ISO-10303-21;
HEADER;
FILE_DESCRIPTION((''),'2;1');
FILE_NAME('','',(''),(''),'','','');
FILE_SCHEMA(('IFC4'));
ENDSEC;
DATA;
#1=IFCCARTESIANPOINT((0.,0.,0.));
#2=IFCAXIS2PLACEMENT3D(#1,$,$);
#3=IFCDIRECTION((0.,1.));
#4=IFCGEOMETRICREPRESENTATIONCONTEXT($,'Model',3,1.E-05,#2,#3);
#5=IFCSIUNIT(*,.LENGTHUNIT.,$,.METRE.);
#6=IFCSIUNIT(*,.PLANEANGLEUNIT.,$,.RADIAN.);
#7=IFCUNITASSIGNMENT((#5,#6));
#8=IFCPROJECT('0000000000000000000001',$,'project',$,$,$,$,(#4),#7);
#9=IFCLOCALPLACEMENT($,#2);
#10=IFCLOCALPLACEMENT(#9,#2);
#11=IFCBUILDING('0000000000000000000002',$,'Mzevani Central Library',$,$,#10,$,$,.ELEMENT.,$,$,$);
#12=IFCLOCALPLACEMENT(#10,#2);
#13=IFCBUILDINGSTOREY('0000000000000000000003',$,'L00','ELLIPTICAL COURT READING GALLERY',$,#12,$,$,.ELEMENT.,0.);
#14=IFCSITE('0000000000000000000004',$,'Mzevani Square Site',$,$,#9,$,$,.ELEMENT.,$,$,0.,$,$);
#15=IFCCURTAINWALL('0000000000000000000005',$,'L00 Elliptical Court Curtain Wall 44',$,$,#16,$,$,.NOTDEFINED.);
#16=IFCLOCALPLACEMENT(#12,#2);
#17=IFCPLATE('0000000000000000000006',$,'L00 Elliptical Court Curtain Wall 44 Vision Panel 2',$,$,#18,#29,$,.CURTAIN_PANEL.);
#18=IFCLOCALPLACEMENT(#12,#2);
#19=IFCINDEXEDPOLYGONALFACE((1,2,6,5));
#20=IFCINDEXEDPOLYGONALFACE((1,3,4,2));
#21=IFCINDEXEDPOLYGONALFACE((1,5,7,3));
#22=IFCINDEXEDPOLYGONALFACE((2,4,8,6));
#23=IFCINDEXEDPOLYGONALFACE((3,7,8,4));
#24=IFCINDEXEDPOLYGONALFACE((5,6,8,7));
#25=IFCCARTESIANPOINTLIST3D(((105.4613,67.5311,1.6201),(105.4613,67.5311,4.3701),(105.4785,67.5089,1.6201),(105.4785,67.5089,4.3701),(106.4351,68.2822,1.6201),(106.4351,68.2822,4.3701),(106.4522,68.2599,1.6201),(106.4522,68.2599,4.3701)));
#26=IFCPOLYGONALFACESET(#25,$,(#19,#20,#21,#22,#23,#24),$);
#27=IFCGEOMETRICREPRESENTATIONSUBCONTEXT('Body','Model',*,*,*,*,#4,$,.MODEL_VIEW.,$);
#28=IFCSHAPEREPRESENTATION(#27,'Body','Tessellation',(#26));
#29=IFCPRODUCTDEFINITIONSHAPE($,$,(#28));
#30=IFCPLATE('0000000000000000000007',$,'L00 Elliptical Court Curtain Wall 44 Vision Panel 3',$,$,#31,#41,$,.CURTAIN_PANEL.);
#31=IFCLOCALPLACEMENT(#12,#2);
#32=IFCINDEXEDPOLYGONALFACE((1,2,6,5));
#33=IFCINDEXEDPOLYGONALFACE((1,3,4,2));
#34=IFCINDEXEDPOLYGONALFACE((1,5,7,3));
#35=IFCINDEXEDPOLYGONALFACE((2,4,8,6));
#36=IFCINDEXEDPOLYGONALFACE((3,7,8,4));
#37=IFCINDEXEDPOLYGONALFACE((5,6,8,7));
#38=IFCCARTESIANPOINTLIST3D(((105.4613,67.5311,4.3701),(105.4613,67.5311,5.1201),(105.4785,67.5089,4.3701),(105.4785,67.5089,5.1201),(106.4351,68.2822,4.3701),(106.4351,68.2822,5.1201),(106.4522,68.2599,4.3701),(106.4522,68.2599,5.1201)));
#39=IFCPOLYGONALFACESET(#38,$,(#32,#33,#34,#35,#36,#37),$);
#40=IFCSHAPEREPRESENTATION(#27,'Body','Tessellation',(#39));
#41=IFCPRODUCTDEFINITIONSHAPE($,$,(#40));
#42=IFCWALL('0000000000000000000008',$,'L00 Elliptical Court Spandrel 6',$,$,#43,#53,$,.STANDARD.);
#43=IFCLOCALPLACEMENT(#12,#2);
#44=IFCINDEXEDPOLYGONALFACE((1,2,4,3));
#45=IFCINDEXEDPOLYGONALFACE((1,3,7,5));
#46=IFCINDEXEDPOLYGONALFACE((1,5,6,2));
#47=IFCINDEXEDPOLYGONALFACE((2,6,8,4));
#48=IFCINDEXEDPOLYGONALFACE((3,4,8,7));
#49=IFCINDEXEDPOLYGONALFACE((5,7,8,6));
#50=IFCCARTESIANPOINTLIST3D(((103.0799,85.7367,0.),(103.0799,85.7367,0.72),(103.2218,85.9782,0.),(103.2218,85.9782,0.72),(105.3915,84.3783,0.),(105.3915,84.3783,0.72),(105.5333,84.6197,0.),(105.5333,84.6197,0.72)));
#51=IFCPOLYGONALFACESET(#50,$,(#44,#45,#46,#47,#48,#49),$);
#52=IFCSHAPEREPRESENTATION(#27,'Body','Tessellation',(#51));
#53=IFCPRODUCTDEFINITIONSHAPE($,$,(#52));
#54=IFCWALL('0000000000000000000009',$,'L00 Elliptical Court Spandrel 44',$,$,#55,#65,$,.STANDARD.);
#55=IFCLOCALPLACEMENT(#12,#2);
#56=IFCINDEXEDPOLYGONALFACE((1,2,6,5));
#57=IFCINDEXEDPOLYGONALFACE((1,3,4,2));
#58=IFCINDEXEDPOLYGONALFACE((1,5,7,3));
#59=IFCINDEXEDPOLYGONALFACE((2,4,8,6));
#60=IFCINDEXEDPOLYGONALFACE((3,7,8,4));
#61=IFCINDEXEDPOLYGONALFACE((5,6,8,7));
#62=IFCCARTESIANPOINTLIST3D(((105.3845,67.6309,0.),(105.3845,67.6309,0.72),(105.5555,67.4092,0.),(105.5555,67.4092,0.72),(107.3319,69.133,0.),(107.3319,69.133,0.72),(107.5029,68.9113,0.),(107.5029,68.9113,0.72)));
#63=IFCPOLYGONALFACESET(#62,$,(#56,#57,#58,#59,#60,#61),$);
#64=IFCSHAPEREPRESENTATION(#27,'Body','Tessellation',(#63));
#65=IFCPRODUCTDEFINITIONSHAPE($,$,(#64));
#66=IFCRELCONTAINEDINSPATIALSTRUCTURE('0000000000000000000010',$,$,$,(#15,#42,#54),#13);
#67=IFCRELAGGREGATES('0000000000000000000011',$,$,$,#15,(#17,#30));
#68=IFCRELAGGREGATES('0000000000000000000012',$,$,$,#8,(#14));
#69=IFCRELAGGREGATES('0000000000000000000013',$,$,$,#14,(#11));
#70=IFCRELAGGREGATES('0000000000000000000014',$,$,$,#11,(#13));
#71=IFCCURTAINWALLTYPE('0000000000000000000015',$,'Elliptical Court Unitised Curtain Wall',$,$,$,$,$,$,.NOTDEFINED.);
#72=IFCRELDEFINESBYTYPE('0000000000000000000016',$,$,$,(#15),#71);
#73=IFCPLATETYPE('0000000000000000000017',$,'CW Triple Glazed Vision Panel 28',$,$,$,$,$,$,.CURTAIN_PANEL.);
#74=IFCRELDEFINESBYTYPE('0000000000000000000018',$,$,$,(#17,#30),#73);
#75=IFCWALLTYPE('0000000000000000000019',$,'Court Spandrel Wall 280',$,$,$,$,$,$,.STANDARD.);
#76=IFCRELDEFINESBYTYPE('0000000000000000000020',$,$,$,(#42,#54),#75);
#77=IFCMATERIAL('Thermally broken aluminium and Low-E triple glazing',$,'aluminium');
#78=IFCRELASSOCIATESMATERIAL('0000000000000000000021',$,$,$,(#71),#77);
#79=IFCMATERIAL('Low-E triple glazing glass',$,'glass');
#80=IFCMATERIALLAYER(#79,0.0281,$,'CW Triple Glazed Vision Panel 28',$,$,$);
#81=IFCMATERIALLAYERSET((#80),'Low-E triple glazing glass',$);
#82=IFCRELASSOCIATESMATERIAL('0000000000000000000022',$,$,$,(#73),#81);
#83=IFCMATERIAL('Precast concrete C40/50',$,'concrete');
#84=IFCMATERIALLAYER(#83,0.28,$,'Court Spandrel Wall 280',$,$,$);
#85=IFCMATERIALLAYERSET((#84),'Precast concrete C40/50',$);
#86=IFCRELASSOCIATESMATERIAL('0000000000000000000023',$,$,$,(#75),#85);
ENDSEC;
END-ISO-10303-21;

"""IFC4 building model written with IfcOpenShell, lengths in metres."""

from ifc_helpers import new_model, si_unit, direction, frame, frame_2d, origin, origin_2d, place, context, subcontext, project, spatial, rectangle, extrude, material, layer, layer_set, type_object, element, aggregate, save


model = new_model("IFC4")

# Units and contexts
model_context = context("Model", 3, precision=1e-05, world=origin(), true_north=direction((0.0, 1.0)))
body_context = subcontext(model_context, "Body", "Model", "MODEL_VIEW")
ifc_project = project(units=[si_unit("LENGTHUNIT", "METRE"), si_unit("PLANEANGLEUNIT", "RADIAN")], contexts=[model_context])

# Site, building, storey
site_placement = place(None, origin())
site = spatial("IfcSite", under=ifc_project, at=site_placement, Name="Mzevani Square Site", CompositionType="ELEMENT", RefElevation=0.0)
building_placement = place(site_placement, origin())
building = spatial("IfcBuilding", under=site, at=building_placement, Name="Mzevani Central Library", CompositionType="ELEMENT")
storey_placement = place(building_placement, origin())
storey = spatial("IfcBuildingStorey", under=building, at=storey_placement, Name="L00", Description="ELLIPTICAL COURT READING GALLERY", CompositionType="ELEMENT", Elevation=0.0)

# Curtain wall
ifc_material_1 = material(Name="Thermally broken aluminium and Low-E triple glazing", Category="aluminium")
curtain_wall_type = type_object("IfcCurtainWallType", Name="Elliptical Court Unitised Curtain Wall", PredefinedType="NOTDEFINED", material=ifc_material_1)
curtain_wall_1_placement = place(storey_placement, origin())
curtain_wall_1 = element("IfcCurtainWall", 1, at=curtain_wall_1_placement, inside=storey, type_object=curtain_wall_type, Name="L00 Elliptical Court Curtain Wall 44", PredefinedType="NOTDEFINED")

# Plates
ifc_material_2 = material(Name="Low-E triple glazing glass", Category="glass")
ifc_layer_1 = layer(ifc_material_2, 0.0281, Name="CW Triple Glazed Vision Panel 28")
ifc_layer_set_1 = layer_set([ifc_layer_1], Name="Low-E triple glazing glass")
plate_type_1 = type_object("IfcPlateType", Name="CW Triple Glazed Vision Panel 28", PredefinedType="CURTAIN_PANEL", material=ifc_layer_set_1)
plate_1_placement = place(storey_placement, frame((105.9568, 67.8955, 1.6201), z_axis=(0.0, 0.0, 1.0), x_axis=(0.791828, 0.610744, 0.0)))
plate_1 = element("IfcPlate", 2, at=plate_1_placement, type_object=plate_type_1, Name="L00 Elliptical Court Curtain Wall 44 Vision Panel 2", PredefinedType="CURTAIN_PANEL", context=body_context, shape_type="SweptSolid", body=[
    extrude(rectangle(XDim=1.2297, YDim=0.0281, at=origin_2d()), origin(), (0.0, 0.0, 1.0), 2.75),
])
plate_2_placement = place(storey_placement, frame((105.9568, 67.8955, 4.3701), z_axis=(0.0, 0.0, 1.0), x_axis=(0.791828, 0.610744, 0.0)))
plate_2 = element("IfcPlate", 3, at=plate_2_placement, type_object=plate_type_1, Name="L00 Elliptical Court Curtain Wall 44 Vision Panel 3", PredefinedType="CURTAIN_PANEL", context=body_context, shape_type="SweptSolid", body=[
    extrude(rectangle(XDim=1.2297, YDim=0.0281, at=origin_2d()), origin(), (0.0, 0.0, 1.0), 0.75),
])
aggregate(curtain_wall_1, [plate_1, plate_2])

# Walls
ifc_material_3 = material(Name="Precast concrete C40/50", Category="concrete")
ifc_layer_2 = layer(ifc_material_3, 0.28, Name="Court Spandrel Wall 280")
ifc_layer_set_2 = layer_set([ifc_layer_2], Name="Precast concrete C40/50")
wall_type = type_object("IfcWallType", Name="Court Spandrel Wall 280", PredefinedType="STANDARD", material=ifc_layer_set_2)
wall_1_placement = place(storey_placement, frame((105.4624, 84.499, 0.0), z_axis=(0.0, 0.0, 1.0), x_axis=(-0.862149, 0.506654, 0.0)))
element("IfcWall", 4, at=wall_1_placement, inside=storey, type_object=wall_type, Name="L00 Elliptical Court Spandrel 6", PredefinedType="STANDARD", context=body_context, shape_type="SweptSolid", body=[
    extrude(rectangle(XDim=2.6812, YDim=0.28, at=frame_2d((1.3406, 0.0))), origin(), (0.0, 0.0, 1.0), 0.72),
])
wall_2_placement = place(storey_placement, frame((105.47, 67.52, 0.0), z_axis=(0.0, 0.0, 1.0), x_axis=(0.791815, 0.610761, 0.0)))
element("IfcWall", 5, at=wall_2_placement, inside=storey, type_object=wall_type, Name="L00 Elliptical Court Spandrel 44", PredefinedType="STANDARD", context=body_context, shape_type="SweptSolid", body=[
    extrude(rectangle(XDim=2.4595, YDim=0.28, at=frame_2d((1.2297, 0.0))), origin(), (0.0, 0.0, 1.0), 0.72),
])

save(model, "model.ifc")
